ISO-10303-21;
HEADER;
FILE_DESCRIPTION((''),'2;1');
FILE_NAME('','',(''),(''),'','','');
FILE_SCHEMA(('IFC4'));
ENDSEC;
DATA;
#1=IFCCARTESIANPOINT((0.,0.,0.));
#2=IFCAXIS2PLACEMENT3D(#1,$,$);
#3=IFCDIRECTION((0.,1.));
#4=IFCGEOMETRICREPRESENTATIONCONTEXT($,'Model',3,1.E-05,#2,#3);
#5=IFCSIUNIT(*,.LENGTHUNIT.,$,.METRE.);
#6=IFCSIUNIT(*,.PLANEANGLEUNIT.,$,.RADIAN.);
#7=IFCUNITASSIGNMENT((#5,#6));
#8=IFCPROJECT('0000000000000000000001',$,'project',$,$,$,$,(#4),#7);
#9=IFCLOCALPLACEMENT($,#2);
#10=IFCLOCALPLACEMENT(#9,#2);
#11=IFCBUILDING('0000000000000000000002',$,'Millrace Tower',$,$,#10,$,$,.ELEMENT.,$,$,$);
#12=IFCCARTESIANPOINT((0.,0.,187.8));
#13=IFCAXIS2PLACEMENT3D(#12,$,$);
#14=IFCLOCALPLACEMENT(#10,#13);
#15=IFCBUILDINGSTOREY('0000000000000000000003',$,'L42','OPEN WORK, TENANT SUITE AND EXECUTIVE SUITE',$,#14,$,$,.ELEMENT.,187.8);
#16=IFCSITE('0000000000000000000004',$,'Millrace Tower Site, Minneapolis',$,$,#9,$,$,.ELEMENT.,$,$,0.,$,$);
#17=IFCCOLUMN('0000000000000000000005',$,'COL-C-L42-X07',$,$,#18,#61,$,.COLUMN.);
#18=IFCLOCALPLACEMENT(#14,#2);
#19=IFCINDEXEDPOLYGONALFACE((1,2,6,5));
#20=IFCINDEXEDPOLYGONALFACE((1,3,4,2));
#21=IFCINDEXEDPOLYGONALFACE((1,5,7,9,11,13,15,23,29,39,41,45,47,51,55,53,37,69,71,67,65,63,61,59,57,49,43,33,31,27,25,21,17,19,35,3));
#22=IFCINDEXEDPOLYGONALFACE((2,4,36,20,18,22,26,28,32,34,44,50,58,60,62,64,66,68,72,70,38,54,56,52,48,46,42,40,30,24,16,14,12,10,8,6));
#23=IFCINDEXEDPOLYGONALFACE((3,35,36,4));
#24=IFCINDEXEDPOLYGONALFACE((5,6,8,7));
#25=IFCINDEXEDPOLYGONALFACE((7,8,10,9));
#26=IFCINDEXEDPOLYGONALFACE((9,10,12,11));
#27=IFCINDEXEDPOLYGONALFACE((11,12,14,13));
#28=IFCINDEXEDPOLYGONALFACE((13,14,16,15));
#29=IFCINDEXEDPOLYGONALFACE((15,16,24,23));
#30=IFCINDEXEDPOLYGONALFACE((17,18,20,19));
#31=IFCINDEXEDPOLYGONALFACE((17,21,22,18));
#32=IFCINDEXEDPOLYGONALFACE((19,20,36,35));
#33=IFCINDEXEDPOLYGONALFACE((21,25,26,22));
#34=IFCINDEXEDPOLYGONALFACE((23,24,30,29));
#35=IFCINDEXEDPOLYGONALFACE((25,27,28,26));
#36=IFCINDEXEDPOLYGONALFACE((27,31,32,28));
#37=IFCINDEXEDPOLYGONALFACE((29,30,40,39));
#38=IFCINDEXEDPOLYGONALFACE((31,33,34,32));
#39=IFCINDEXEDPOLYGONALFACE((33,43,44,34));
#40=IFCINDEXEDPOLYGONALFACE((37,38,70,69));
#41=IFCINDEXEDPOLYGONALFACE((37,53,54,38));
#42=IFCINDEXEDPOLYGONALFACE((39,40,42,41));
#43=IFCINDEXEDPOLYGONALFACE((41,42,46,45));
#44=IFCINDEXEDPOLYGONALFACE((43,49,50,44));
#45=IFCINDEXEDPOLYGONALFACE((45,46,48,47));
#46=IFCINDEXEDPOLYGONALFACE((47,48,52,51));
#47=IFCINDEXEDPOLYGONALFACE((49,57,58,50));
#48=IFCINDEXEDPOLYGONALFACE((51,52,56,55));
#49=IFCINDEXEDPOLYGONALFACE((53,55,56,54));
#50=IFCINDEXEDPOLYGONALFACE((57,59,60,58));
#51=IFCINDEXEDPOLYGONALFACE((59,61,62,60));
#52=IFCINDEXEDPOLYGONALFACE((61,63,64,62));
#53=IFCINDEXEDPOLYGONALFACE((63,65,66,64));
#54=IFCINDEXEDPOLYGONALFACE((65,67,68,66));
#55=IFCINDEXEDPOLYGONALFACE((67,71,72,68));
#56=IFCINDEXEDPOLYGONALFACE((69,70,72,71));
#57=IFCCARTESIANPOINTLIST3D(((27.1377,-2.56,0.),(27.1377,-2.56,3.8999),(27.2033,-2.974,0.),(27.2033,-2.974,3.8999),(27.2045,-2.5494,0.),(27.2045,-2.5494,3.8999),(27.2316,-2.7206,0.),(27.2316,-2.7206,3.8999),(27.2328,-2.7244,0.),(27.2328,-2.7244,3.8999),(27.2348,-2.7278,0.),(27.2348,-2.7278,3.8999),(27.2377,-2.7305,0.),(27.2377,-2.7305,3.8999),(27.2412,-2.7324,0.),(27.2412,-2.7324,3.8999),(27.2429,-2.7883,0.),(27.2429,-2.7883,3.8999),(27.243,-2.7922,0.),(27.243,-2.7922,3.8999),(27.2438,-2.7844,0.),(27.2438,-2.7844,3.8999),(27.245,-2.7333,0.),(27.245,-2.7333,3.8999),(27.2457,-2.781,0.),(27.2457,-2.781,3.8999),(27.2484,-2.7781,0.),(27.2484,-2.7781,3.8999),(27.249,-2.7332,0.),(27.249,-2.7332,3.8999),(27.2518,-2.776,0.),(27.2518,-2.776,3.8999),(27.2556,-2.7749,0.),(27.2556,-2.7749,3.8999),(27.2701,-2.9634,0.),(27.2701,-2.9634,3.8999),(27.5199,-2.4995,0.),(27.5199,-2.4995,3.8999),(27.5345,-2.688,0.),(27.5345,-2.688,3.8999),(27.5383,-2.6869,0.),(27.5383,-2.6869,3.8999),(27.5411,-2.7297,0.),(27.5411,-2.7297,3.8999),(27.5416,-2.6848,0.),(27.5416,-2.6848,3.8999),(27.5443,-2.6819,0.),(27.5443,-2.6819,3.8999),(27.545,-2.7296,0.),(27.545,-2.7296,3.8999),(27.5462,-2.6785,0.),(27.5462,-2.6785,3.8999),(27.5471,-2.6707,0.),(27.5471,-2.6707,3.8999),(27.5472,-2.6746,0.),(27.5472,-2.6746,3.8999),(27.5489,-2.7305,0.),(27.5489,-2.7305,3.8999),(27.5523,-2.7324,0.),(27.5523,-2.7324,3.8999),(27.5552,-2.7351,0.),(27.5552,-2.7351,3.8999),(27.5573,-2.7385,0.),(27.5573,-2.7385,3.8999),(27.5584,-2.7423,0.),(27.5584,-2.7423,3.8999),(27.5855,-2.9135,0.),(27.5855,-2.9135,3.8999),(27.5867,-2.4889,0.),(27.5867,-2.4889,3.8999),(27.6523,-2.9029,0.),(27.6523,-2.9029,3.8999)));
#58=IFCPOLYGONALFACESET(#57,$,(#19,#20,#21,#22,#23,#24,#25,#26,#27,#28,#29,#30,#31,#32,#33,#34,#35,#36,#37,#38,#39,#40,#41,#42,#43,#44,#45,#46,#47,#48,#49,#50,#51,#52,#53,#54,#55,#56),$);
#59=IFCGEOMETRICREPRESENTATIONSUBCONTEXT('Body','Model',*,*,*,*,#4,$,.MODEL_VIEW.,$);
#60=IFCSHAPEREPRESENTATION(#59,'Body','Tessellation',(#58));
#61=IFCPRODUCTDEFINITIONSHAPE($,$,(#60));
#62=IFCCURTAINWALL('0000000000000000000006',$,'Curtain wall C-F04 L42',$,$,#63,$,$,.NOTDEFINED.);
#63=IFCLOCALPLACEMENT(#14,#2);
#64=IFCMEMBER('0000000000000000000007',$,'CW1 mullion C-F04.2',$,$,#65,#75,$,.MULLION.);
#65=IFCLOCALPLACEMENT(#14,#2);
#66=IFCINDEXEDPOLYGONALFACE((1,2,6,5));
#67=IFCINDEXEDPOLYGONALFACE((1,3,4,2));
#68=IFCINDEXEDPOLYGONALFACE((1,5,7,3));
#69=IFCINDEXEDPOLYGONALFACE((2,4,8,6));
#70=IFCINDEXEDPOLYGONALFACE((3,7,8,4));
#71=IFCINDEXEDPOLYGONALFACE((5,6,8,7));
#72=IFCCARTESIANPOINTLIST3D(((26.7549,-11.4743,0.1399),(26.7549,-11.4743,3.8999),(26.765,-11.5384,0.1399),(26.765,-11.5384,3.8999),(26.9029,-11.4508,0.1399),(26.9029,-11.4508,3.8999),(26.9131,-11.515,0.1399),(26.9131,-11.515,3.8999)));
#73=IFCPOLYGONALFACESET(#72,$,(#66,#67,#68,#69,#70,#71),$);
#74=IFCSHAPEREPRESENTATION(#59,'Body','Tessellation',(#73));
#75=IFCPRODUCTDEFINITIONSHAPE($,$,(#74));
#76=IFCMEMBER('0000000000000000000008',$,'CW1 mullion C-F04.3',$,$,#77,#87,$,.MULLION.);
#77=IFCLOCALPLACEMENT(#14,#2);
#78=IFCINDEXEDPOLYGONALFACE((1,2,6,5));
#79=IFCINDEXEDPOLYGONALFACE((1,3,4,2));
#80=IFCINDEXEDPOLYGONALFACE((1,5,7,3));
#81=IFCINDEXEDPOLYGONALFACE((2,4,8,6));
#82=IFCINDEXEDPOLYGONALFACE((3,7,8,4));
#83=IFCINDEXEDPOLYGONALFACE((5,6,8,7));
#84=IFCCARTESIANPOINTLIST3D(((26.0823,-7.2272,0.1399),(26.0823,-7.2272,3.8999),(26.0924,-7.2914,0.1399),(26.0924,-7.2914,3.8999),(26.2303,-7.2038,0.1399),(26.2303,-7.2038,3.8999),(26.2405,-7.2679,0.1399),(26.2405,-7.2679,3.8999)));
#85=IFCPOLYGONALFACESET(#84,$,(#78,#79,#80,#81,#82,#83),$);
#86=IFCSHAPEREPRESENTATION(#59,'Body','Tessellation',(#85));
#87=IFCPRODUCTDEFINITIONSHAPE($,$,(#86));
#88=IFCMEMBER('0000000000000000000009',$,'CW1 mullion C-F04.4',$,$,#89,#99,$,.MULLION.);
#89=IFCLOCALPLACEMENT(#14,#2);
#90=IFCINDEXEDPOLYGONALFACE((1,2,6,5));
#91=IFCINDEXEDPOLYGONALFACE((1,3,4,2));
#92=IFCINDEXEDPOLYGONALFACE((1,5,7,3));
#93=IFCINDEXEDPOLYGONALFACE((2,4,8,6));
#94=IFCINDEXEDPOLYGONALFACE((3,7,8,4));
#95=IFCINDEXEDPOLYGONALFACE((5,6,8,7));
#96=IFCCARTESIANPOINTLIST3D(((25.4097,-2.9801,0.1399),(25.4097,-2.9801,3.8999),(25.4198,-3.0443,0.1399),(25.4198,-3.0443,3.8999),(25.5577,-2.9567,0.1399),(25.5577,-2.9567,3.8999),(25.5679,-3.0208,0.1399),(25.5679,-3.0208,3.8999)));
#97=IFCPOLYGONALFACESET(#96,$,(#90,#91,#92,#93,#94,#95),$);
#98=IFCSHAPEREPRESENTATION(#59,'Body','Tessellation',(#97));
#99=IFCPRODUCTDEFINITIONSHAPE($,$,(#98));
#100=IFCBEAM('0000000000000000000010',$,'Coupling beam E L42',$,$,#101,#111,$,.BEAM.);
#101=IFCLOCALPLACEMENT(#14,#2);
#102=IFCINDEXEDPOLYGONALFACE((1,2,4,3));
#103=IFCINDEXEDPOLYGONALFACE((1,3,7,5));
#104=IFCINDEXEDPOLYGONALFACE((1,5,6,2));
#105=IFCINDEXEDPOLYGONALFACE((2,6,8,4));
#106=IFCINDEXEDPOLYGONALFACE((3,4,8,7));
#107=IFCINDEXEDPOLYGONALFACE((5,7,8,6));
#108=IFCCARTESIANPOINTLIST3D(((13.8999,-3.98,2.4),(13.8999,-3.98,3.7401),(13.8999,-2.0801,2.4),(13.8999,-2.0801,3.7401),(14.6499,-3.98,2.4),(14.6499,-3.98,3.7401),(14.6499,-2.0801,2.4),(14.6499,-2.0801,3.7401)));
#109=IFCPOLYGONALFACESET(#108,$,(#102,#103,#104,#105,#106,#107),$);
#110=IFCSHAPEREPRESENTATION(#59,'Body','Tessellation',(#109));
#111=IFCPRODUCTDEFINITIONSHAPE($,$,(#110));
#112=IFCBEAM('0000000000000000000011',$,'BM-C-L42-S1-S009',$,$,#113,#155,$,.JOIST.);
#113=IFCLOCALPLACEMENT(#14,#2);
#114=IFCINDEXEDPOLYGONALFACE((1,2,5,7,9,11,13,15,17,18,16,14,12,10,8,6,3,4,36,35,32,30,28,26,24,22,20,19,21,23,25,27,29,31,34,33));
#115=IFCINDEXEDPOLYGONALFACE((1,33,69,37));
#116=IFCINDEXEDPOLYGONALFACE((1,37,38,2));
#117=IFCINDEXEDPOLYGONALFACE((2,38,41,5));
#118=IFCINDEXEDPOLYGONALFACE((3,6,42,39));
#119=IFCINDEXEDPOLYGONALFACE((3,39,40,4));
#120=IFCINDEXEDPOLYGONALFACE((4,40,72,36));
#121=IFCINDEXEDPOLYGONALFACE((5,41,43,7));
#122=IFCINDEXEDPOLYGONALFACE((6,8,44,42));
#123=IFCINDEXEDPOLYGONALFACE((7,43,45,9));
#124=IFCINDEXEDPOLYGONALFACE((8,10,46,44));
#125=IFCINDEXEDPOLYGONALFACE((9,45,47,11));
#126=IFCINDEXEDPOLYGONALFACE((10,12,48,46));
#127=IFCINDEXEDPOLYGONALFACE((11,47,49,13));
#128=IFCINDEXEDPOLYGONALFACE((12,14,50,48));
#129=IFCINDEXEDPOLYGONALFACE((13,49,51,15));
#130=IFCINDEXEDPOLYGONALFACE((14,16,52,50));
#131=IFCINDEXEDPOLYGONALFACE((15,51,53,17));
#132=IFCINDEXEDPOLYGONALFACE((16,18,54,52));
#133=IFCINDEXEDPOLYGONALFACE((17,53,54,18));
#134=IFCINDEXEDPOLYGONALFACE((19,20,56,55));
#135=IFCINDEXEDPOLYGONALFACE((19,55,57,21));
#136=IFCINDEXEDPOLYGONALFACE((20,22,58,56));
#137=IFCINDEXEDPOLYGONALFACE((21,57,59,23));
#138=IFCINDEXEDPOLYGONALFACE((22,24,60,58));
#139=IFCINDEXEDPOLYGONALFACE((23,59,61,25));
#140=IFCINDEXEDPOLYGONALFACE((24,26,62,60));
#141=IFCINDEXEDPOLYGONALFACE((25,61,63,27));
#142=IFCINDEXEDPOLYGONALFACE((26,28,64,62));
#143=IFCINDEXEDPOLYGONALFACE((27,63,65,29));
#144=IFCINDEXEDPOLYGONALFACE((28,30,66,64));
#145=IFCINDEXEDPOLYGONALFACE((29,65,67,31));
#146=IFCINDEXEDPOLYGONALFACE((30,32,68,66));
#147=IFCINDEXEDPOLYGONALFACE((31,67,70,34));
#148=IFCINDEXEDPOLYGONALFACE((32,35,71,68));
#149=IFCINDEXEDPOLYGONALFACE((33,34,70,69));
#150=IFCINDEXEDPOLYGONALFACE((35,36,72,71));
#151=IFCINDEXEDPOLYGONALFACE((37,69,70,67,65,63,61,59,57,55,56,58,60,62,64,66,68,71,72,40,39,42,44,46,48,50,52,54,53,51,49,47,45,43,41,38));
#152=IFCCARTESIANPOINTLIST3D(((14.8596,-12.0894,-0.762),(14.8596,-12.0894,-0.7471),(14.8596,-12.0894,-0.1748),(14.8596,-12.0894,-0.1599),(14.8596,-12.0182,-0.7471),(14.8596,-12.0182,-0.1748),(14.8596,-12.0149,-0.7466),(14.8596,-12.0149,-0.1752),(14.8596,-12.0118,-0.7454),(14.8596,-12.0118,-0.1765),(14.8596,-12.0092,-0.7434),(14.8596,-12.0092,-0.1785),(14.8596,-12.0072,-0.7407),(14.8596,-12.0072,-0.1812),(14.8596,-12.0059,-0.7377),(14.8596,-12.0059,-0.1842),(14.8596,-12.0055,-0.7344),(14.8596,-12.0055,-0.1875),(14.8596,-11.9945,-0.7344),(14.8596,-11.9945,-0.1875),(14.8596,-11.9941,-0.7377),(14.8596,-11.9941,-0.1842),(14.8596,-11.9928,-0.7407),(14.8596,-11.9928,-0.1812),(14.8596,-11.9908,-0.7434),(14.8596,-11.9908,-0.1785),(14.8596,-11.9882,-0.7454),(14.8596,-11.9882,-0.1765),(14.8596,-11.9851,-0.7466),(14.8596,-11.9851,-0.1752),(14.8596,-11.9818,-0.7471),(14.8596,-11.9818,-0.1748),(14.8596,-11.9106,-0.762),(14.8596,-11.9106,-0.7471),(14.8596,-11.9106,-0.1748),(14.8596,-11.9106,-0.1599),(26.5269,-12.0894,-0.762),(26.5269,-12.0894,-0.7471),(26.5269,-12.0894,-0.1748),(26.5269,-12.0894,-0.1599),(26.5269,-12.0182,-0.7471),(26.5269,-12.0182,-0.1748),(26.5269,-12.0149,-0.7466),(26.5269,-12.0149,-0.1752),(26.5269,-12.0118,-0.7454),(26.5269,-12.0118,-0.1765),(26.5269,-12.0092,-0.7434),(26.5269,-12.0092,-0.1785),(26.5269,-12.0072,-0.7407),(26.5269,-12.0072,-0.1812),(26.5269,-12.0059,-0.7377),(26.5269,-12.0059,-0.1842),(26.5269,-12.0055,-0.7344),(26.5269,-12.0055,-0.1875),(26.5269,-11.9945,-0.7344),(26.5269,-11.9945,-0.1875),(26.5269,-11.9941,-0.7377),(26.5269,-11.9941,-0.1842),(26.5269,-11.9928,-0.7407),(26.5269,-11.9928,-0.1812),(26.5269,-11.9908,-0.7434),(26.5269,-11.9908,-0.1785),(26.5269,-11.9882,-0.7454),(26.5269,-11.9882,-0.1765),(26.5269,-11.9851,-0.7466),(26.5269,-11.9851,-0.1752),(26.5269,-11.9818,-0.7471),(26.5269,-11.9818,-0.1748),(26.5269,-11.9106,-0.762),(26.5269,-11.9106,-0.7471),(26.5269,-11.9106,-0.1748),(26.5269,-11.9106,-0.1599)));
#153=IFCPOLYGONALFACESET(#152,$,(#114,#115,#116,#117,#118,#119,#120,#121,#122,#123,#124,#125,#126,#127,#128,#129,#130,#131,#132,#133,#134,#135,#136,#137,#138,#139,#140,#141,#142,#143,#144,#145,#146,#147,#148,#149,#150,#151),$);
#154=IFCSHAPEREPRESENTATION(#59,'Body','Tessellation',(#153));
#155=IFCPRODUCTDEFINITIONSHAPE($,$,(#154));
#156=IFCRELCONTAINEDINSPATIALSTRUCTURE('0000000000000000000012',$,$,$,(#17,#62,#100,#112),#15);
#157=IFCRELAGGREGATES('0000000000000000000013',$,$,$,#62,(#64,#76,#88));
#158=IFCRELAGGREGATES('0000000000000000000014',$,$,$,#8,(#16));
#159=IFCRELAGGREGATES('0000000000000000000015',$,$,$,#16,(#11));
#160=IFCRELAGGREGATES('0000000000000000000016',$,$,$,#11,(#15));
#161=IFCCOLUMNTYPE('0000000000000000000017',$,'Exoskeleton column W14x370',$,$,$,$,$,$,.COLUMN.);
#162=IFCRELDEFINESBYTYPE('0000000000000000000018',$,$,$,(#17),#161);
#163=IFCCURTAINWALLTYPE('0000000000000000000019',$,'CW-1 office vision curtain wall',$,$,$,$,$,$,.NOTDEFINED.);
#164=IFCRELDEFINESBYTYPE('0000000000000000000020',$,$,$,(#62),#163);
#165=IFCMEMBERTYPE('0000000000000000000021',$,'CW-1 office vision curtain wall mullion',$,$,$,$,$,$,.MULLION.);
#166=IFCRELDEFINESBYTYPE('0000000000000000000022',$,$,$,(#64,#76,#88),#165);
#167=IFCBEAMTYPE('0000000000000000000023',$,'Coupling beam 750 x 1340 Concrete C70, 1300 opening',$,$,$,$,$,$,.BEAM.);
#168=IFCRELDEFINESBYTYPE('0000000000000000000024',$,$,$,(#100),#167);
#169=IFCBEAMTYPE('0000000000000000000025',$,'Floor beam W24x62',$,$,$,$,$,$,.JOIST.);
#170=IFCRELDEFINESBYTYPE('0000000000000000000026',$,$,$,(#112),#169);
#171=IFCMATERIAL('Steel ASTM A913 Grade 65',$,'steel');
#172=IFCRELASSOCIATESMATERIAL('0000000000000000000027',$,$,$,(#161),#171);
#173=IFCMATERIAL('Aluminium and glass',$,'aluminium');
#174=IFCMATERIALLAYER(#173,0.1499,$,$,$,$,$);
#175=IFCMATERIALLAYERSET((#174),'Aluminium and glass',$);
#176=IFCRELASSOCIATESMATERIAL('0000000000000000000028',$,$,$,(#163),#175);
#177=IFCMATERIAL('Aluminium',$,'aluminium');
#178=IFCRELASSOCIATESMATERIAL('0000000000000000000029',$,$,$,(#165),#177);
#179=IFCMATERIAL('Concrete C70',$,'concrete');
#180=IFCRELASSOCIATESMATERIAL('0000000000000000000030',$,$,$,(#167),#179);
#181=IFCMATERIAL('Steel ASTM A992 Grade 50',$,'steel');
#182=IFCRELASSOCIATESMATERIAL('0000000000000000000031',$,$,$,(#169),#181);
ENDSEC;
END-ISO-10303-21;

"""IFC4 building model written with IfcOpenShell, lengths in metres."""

from ifc_helpers import new_model, si_unit, direction, frame, origin, origin_2d, place, context, subcontext, project, spatial, rectangle, i_section, extrude, material, layer, layer_set, material_profile, profile_set, type_object, element, aggregate, save


model = new_model("IFC4")

# Units and contexts
model_context = context("Model", 3, precision=1e-05, world=origin(), true_north=direction((0.0, 1.0)))
body_context = subcontext(model_context, "Body", "Model", "MODEL_VIEW")
ifc_project = project(units=[si_unit("LENGTHUNIT", "METRE"), si_unit("PLANEANGLEUNIT", "RADIAN")], contexts=[model_context])

# Site, building, storey
site_placement = place(None, origin())
site = spatial("IfcSite", under=ifc_project, at=site_placement, Name="Millrace Tower Site, Minneapolis", CompositionType="ELEMENT", RefElevation=0.0)
building_placement = place(site_placement, origin())
building = spatial("IfcBuilding", under=site, at=building_placement, Name="Millrace Tower", CompositionType="ELEMENT")
storey_placement = place(building_placement, frame((0.0, 0.0, 187.8)))
storey = spatial("IfcBuildingStorey", under=building, at=storey_placement, Name="L42", Description="OPEN WORK, TENANT SUITE AND EXECUTIVE SUITE", CompositionType="ELEMENT", Elevation=187.8)

# Column
ifc_material_1 = material(Name="Steel ASTM A913 Grade 65", Category="steel")
ifc_material_profile_1 = material_profile(ifc_material_1, i_section(OverallWidth=0.4192, OverallDepth=0.4546, WebThickness=0.0422, FlangeThickness=0.0676, FilletRadius=0.0151, at=origin_2d()))
ifc_profile_set_1 = profile_set([ifc_material_profile_1], Name="Steel ASTM A913 Grade 65")
column_type = type_object("IfcColumnType", Name="Exoskeleton column W14x370", PredefinedType="COLUMN", material=ifc_profile_set_1)
column_placement = place(storey_placement, frame((27.395, -2.7314, 0.0), z_axis=(0.0, 0.0, 1.0), x_axis=(-0.156434, 0.987688, 0.0)))
element("IfcColumn", 1, at=column_placement, inside=storey, type_object=column_type, Name="COL-C-L42-X07", PredefinedType="COLUMN", context=body_context, shape_type="SweptSolid", body=[
    extrude(i_section(OverallWidth=0.4192, OverallDepth=0.4546, WebThickness=0.0422, FlangeThickness=0.0676, FilletRadius=0.0151, at=origin_2d()), origin(), (0.0, 0.0, 1.0), 3.8999),
])

# Curtain wall, members
ifc_material_2 = material(Name="Aluminium and glass", Category="aluminium")
ifc_layer_1 = layer(ifc_material_2, 0.1499)
ifc_layer_set_1 = layer_set([ifc_layer_1], Name="Aluminium and glass")
curtain_wall_type = type_object("IfcCurtainWallType", Name="CW-1 office vision curtain wall", PredefinedType="NOTDEFINED", material=ifc_layer_set_1)
placement = place(storey_placement, origin())
curtain_wall = element("IfcCurtainWall", 2, at=placement, inside=storey, type_object=curtain_wall_type, Name="Curtain wall C-F04 L42", PredefinedType="NOTDEFINED")
ifc_material_3 = material(Name="Aluminium", Category="aluminium")
ifc_material_profile_2 = material_profile(ifc_material_3, rectangle(XDim=0.0649, YDim=0.1499, at=origin_2d()))
ifc_profile_set_2 = profile_set([ifc_material_profile_2], Name="Aluminium")
member_type = type_object("IfcMemberType", Name="CW-1 office vision curtain wall mullion", PredefinedType="MULLION", material=ifc_profile_set_2)
member_1_placement = place(storey_placement, frame((26.834, -11.4946, 0.1399), z_axis=(0.0, 0.0, 1.0), x_axis=(-0.156434, 0.987688, 0.0)))
member_1 = element("IfcMember", 3, at=member_1_placement, type_object=member_type, Name="CW1 mullion C-F04.2", PredefinedType="MULLION", context=body_context, shape_type="SweptSolid", body=[
    extrude(rectangle(XDim=0.0649, YDim=0.1499, at=origin_2d()), origin(), (0.0, 0.0, 1.0), 3.76),
])
member_2_placement = place(storey_placement, frame((26.1614, -7.2476, 0.1399), z_axis=(0.0, 0.0, 1.0), x_axis=(-0.156434, 0.987688, 0.0)))
member_2 = element("IfcMember", 4, at=member_2_placement, type_object=member_type, Name="CW1 mullion C-F04.3", PredefinedType="MULLION", context=body_context, shape_type="SweptSolid", body=[
    extrude(rectangle(XDim=0.0649, YDim=0.1499, at=origin_2d()), origin(), (0.0, 0.0, 1.0), 3.76),
])
member_3_placement = place(storey_placement, frame((25.4888, -3.0005, 0.1399), z_axis=(0.0, 0.0, 1.0), x_axis=(-0.156434, 0.987688, 0.0)))
member_3 = element("IfcMember", 5, at=member_3_placement, type_object=member_type, Name="CW1 mullion C-F04.4", PredefinedType="MULLION", context=body_context, shape_type="SweptSolid", body=[
    extrude(rectangle(XDim=0.0649, YDim=0.1499, at=origin_2d()), origin(), (0.0, 0.0, 1.0), 3.76),
])
aggregate(curtain_wall, [member_1, member_2, member_3])

# Beams
ifc_material_4 = material(Name="Concrete C70", Category="concrete")
ifc_material_profile_3 = material_profile(ifc_material_4, rectangle(XDim=0.75, YDim=1.3401, at=origin_2d()))
ifc_profile_set_3 = profile_set([ifc_material_profile_3], Name="Concrete C70")
beam_type_1 = type_object("IfcBeamType", Name="Coupling beam 750 x 1340 Concrete C70, 1300 opening", PredefinedType="BEAM", material=ifc_profile_set_3)
beam_1_placement = place(storey_placement, frame((14.2749, -2.0801, 3.0701), z_axis=(0.0, -1.0, 0.0), x_axis=(1.0, 0.0, 0.0)))
element("IfcBeam", 6, at=beam_1_placement, inside=storey, type_object=beam_type_1, Name="Coupling beam E L42", PredefinedType="BEAM", context=body_context, shape_type="SweptSolid", body=[
    extrude(rectangle(XDim=0.75, YDim=1.3401, at=origin_2d()), origin(), (0.0, 0.0, 1.0), 1.8999),
])
ifc_material_5 = material(Name="Steel ASTM A992 Grade 50", Category="steel")
ifc_material_profile_4 = material_profile(ifc_material_5, i_section(OverallWidth=0.1787, OverallDepth=0.6021, WebThickness=0.011, FlangeThickness=0.0149, FilletRadius=0.0127, at=origin_2d()))
ifc_profile_set_4 = profile_set([ifc_material_profile_4], Name="Steel ASTM A992 Grade 50")
beam_type_2 = type_object("IfcBeamType", Name="Floor beam W24x62", PredefinedType="JOIST", material=ifc_profile_set_4)
beam_2_placement = place(storey_placement, frame((14.8596, -12.0, -0.4609), z_axis=(1.0, 0.0, 0.0), x_axis=(0.0, 1.0, 0.0)))
element("IfcBeam", 7, at=beam_2_placement, inside=storey, type_object=beam_type_2, Name="BM-C-L42-S1-S009", PredefinedType="JOIST", context=body_context, shape_type="SweptSolid", body=[
    extrude(i_section(OverallWidth=0.1787, OverallDepth=0.6021, WebThickness=0.011, FlangeThickness=0.0149, FilletRadius=0.0127, at=origin_2d()), origin(), (0.0, 0.0, 1.0), 11.6672),
])

save(model, "model.ifc")
